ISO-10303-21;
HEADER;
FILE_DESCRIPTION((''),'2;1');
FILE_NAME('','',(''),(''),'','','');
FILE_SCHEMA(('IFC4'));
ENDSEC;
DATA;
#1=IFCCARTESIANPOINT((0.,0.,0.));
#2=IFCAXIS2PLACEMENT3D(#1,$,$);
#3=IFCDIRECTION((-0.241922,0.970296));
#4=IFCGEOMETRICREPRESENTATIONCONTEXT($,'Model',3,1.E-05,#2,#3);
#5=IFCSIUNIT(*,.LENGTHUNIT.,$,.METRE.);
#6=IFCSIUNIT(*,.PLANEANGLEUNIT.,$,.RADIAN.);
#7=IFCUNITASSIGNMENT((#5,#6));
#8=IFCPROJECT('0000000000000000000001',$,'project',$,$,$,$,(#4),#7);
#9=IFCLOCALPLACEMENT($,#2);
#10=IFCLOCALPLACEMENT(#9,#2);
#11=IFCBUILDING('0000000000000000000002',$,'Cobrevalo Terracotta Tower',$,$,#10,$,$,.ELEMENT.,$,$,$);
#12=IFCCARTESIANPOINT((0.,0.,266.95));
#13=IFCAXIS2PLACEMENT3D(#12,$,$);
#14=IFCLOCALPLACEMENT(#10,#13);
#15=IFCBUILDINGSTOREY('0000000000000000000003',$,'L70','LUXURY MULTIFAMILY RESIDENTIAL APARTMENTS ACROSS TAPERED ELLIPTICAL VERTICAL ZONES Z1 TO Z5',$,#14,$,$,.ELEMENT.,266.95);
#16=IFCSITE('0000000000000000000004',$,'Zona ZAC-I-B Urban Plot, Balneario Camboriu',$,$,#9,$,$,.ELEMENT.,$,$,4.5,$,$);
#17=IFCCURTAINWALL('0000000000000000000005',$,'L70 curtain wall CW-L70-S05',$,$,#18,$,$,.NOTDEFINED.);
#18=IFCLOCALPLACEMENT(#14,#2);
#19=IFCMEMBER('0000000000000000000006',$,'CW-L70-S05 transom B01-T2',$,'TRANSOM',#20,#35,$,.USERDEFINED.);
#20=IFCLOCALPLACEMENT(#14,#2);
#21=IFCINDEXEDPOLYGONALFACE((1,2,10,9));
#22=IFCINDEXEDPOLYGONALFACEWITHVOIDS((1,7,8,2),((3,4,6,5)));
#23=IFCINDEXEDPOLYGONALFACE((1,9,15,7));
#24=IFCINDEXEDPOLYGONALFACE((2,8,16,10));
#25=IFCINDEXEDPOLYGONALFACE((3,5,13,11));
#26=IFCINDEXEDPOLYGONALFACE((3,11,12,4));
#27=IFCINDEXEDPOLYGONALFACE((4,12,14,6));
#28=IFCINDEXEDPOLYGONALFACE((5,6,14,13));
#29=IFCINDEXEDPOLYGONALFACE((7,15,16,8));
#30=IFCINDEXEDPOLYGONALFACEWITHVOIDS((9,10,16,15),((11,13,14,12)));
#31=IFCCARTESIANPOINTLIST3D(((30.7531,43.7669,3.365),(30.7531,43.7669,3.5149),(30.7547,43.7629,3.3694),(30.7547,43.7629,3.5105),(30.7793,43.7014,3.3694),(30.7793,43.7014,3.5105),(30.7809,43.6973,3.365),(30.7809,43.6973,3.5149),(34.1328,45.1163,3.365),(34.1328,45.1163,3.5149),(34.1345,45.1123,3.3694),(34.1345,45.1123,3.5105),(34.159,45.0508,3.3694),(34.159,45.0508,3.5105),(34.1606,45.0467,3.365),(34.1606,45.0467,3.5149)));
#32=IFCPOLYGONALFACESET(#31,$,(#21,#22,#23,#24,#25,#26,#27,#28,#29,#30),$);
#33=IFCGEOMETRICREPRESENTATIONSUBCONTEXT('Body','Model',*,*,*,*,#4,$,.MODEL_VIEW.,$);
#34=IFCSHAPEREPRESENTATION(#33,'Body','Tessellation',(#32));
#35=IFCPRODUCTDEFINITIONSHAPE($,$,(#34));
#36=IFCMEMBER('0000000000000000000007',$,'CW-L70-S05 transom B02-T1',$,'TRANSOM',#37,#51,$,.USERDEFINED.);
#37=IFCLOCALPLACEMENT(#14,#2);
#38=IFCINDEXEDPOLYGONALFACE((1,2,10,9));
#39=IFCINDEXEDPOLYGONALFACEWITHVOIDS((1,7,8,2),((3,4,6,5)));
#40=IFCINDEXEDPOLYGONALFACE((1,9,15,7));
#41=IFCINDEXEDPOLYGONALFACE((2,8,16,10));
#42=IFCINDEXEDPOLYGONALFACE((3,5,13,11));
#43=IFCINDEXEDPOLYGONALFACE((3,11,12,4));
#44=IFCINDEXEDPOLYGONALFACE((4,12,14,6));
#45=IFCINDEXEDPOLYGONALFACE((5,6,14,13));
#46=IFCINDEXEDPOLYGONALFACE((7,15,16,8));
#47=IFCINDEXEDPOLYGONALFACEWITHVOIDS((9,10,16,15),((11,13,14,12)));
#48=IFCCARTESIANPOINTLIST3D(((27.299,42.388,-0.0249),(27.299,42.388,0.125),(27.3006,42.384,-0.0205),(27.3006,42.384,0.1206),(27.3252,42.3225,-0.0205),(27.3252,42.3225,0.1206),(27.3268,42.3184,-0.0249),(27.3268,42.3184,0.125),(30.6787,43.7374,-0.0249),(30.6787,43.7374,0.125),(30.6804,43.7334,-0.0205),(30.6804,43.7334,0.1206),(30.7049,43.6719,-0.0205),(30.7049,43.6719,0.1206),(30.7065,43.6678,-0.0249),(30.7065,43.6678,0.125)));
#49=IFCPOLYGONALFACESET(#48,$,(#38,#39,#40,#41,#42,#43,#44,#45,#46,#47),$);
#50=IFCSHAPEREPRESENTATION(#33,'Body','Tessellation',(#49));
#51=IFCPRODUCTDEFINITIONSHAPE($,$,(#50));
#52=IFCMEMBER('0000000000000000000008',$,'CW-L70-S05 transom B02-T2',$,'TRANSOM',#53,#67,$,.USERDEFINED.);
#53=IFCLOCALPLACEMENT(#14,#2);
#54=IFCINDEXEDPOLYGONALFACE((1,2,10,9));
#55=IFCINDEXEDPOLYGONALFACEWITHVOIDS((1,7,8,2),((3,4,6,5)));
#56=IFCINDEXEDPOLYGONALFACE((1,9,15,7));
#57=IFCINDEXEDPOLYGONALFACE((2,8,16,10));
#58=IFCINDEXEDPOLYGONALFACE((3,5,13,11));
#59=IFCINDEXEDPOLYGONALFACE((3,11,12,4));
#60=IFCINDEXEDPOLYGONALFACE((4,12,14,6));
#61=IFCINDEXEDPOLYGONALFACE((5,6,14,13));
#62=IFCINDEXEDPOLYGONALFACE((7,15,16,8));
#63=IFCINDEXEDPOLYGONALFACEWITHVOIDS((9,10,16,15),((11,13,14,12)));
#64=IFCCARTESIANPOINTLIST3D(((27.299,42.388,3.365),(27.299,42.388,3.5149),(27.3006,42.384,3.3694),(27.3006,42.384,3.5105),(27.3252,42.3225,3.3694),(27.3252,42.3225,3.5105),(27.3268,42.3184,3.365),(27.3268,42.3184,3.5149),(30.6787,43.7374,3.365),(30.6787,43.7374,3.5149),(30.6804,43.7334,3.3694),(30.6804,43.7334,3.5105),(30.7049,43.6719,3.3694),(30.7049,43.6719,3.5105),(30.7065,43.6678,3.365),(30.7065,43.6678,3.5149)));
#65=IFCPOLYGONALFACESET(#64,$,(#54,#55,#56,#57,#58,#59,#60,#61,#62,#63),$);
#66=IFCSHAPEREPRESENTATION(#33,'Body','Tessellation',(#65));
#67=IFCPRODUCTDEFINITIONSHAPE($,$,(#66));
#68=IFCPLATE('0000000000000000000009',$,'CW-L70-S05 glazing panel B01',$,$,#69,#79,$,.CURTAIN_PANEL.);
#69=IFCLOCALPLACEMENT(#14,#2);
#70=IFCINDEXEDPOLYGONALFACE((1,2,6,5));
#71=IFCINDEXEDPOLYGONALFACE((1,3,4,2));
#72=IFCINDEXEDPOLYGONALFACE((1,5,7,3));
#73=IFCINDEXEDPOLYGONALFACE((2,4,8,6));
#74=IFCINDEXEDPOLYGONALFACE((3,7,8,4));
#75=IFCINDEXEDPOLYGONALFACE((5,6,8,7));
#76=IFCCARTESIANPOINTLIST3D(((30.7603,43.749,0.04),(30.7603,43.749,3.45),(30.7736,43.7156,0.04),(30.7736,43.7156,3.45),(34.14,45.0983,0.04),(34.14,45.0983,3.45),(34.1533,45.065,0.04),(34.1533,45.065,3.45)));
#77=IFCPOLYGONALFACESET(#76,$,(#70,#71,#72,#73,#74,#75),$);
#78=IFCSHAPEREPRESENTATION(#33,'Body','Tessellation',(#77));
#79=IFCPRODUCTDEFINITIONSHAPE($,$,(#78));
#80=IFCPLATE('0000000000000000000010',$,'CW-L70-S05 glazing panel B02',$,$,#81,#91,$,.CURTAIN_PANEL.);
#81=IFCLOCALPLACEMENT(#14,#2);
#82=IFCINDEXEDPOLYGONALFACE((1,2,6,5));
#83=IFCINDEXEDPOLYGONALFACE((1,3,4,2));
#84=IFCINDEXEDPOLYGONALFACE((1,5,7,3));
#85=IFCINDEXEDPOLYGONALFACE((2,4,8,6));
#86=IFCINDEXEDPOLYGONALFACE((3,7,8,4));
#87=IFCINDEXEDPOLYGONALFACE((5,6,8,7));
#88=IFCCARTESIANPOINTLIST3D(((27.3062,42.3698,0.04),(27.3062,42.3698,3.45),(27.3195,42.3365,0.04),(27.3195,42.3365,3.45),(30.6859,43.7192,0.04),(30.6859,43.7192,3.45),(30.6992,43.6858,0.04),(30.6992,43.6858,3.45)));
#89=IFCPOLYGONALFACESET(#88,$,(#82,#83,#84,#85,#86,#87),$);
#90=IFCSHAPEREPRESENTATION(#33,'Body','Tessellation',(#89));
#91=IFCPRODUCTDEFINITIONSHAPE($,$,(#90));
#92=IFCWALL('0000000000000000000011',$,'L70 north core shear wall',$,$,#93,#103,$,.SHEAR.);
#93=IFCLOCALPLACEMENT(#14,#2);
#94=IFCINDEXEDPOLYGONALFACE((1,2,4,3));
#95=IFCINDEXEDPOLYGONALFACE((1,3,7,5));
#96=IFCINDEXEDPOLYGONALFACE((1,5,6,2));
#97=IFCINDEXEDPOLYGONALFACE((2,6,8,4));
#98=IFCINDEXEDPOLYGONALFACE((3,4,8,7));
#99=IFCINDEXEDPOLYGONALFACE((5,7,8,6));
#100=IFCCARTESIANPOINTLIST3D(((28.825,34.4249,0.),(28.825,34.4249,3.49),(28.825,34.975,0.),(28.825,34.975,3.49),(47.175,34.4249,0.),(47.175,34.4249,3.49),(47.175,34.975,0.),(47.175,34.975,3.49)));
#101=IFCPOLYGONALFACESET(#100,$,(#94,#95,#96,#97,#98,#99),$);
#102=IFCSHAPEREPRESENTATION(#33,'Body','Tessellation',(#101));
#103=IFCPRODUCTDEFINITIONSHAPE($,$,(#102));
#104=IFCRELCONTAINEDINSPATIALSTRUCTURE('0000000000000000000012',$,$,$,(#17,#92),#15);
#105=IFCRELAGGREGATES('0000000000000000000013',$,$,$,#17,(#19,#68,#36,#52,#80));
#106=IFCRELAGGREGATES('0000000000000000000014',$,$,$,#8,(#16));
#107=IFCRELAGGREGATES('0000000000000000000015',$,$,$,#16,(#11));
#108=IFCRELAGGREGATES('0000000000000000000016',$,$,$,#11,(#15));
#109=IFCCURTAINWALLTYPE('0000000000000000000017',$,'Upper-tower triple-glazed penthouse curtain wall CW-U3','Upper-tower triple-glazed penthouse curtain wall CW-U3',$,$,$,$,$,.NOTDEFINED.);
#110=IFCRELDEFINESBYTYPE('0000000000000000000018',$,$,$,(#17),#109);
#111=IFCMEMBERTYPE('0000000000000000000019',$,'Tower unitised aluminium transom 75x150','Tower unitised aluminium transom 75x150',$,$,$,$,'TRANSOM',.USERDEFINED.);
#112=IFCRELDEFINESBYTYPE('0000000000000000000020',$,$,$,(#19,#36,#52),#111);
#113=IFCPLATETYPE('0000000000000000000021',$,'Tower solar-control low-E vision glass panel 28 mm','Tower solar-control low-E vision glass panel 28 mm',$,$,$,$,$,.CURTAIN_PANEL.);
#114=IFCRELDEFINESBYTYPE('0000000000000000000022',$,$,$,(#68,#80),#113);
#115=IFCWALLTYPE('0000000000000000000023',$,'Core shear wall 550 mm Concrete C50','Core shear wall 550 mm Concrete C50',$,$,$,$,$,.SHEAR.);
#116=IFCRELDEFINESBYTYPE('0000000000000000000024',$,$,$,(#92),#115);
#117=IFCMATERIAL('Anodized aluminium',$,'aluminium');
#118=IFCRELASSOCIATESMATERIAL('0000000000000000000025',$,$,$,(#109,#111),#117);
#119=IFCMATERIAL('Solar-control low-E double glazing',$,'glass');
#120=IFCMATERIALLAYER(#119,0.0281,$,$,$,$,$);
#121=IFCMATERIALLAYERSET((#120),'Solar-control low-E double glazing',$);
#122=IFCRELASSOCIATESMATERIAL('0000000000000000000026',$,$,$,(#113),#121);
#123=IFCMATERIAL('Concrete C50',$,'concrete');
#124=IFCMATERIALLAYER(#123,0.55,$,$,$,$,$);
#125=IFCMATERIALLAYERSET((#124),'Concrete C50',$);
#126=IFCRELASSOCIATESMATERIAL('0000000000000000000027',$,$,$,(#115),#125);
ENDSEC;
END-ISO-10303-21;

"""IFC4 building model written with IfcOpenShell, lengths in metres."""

from ifc_helpers import new_model, si_unit, direction, frame, frame_2d, origin, origin_2d, place, context, subcontext, project, spatial, rectangle, hollow_rectangle, extrude, source, transform, mapped, material, layer, layer_set, material_profile, profile_set, type_object, element, aggregate, save


model = new_model("IFC4")

# Units and contexts
model_context = context("Model", 3, precision=1e-05, world=origin(), true_north=direction((-0.241922, 0.970296)))
body_context = subcontext(model_context, "Body", "Model", "MODEL_VIEW")
ifc_project = project(units=[si_unit("LENGTHUNIT", "METRE"), si_unit("PLANEANGLEUNIT", "RADIAN")], contexts=[model_context])

# Site, building, storey
site_placement = place(None, origin())
site = spatial("IfcSite", under=ifc_project, at=site_placement, Name="Zona ZAC-I-B Urban Plot, Balneario Camboriu", CompositionType="ELEMENT", RefElevation=4.5)
building_placement = place(site_placement, origin())
building = spatial("IfcBuilding", under=site, at=building_placement, Name="Cobrevalo Terracotta Tower", CompositionType="ELEMENT")
storey_placement = place(building_placement, frame((0.0, 0.0, 266.95)))
storey = spatial("IfcBuildingStorey", under=building, at=storey_placement, Name="L70", Description="LUXURY MULTIFAMILY RESIDENTIAL APARTMENTS ACROSS TAPERED ELLIPTICAL VERTICAL ZONES Z1 TO Z5", CompositionType="ELEMENT", Elevation=266.95)

# Shared definitions
ifc_material_1 = material(Name="Concrete C50", Category="concrete")

# Curtain wall
ifc_material_2 = material(Name="Anodized aluminium", Category="aluminium")
curtain_wall_type = type_object("IfcCurtainWallType", Name="Upper-tower triple-glazed penthouse curtain wall CW-U3", Description="Upper-tower triple-glazed penthouse curtain wall CW-U3", PredefinedType="NOTDEFINED", material=ifc_material_2)
curtain_wall_1_placement = place(storey_placement, origin())
curtain_wall_1 = element("IfcCurtainWall", 1, at=curtain_wall_1_placement, inside=storey, type_object=curtain_wall_type, Name="L70 curtain wall CW-L70-S05", PredefinedType="NOTDEFINED")

# Members
ifc_material_profile_1 = material_profile(ifc_material_2, hollow_rectangle(XDim=0.075, YDim=0.1499, WallThickness=0.0044, at=origin_2d()), Name="CWT 75x150")
ifc_profile_set_1 = profile_set([ifc_material_profile_1], Name="Anodized aluminium")
member_type_1 = type_object("IfcMemberType", Name="Tower unitised aluminium transom 75x150", Description="Tower unitised aluminium transom 75x150", ElementType="TRANSOM", PredefinedType="USERDEFINED", material=ifc_profile_set_1)
shared_shape_1 = source(origin(), body_context, "Body", "SweptSolid", [
    extrude(hollow_rectangle(XDim=0.075, YDim=0.1499, WallThickness=0.0044, at=origin_2d()), origin(), (0.0, 0.0, 1.0), 3.6392),
])
member_1_placement = place(storey_placement, frame((34.1467, 45.0815, 3.4399), z_axis=(-0.928712, -0.370801, 0.0), x_axis=(0.370801, -0.928712, 0.0)))
member_1 = element("IfcMember", 2, at=member_1_placement, type_object=member_type_1, Name="CW-L70-S05 transom B01-T2", ObjectType="TRANSOM", PredefinedType="USERDEFINED", context=body_context, shape_type="MappedRepresentation", body=[
    mapped(shared_shape_1, transform((0.0, 0.0, 0.0), scale=1.0)),
])
member_2_placement = place(storey_placement, frame((30.6926, 43.7026, 0.05), z_axis=(-0.928712, -0.370801, 0.0), x_axis=(0.370801, -0.928712, 0.0)))
member_2 = element("IfcMember", 3, at=member_2_placement, type_object=member_type_1, Name="CW-L70-S05 transom B02-T1", ObjectType="TRANSOM", PredefinedType="USERDEFINED", context=body_context, shape_type="MappedRepresentation", body=[
    mapped(shared_shape_1, transform((0.0, 0.0, 0.0), scale=1.0)),
])
member_3_placement = place(storey_placement, frame((30.6926, 43.7026, 3.4399), z_axis=(-0.928712, -0.370801, 0.0), x_axis=(0.370801, -0.928712, 0.0)))
member_3 = element("IfcMember", 4, at=member_3_placement, type_object=member_type_1, Name="CW-L70-S05 transom B02-T2", ObjectType="TRANSOM", PredefinedType="USERDEFINED", context=body_context, shape_type="MappedRepresentation", body=[
    mapped(shared_shape_1, transform((0.0, 0.0, 0.0), scale=1.0)),
])

# Plates
ifc_material_3 = material(Name="Solar-control low-E double glazing", Category="glass")
ifc_layer_1 = layer(ifc_material_3, 0.0281)
ifc_layer_set_1 = layer_set([ifc_layer_1], Name="Solar-control low-E double glazing")
plate_type = type_object("IfcPlateType", Name="Tower solar-control low-E vision glass panel 28 mm", Description="Tower solar-control low-E vision glass panel 28 mm", PredefinedType="CURTAIN_PANEL", material=ifc_layer_set_1)
shared_shape_2 = source(origin(), body_context, "Body", "SweptSolid", [
    extrude(rectangle(XDim=3.6392, YDim=0.0359, at=origin_2d()), origin(), (0.0, 0.0, 1.0), 3.4099),
])
plate_1_placement = place(storey_placement, frame((32.4568, 44.407, 0.04), z_axis=(0.0, 0.0, 1.0), x_axis=(-0.928718, -0.370786, 0.0)))
plate_1 = element("IfcPlate", 5, at=plate_1_placement, type_object=plate_type, Name="CW-L70-S05 glazing panel B01", PredefinedType="CURTAIN_PANEL", context=body_context, shape_type="MappedRepresentation", body=[
    mapped(shared_shape_2, transform((0.0, 0.0, 0.0), scale=1.0)),
])
plate_2_placement = place(storey_placement, frame((29.0027, 43.0278, 0.04), z_axis=(0.0, 0.0, 1.0), x_axis=(-0.928718, -0.370786, 0.0)))
plate_2 = element("IfcPlate", 6, at=plate_2_placement, type_object=plate_type, Name="CW-L70-S05 glazing panel B02", PredefinedType="CURTAIN_PANEL", context=body_context, shape_type="MappedRepresentation", body=[
    mapped(shared_shape_2, transform((0.0, 0.0, 0.0), scale=1.0)),
])
aggregate(curtain_wall_1, [member_1, plate_1, member_2, member_3, plate_2])

# Wall
ifc_layer_2 = layer(ifc_material_1, 0.55)
ifc_layer_set_2 = layer_set([ifc_layer_2], Name="Concrete C50")
wall_type_1 = type_object("IfcWallType", Name="Core shear wall 550 mm Concrete C50", Description="Core shear wall 550 mm Concrete C50", PredefinedType="SHEAR", material=ifc_layer_set_2)
wall_1_placement = place(storey_placement, frame((28.825, 34.7, 0.0), z_axis=(0.0, 0.0, 1.0), x_axis=(1.0, 0.0, 0.0)))
element("IfcWall", 7, at=wall_1_placement, inside=storey, type_object=wall_type_1, Name="L70 north core shear wall", PredefinedType="SHEAR", context=body_context, shape_type="SweptSolid", body=[
    extrude(rectangle(XDim=18.3501, YDim=0.55, at=frame_2d((9.175, 0.0))), origin(), (0.0, 0.0, 1.0), 3.49),
])

save(model, "model.ifc")
